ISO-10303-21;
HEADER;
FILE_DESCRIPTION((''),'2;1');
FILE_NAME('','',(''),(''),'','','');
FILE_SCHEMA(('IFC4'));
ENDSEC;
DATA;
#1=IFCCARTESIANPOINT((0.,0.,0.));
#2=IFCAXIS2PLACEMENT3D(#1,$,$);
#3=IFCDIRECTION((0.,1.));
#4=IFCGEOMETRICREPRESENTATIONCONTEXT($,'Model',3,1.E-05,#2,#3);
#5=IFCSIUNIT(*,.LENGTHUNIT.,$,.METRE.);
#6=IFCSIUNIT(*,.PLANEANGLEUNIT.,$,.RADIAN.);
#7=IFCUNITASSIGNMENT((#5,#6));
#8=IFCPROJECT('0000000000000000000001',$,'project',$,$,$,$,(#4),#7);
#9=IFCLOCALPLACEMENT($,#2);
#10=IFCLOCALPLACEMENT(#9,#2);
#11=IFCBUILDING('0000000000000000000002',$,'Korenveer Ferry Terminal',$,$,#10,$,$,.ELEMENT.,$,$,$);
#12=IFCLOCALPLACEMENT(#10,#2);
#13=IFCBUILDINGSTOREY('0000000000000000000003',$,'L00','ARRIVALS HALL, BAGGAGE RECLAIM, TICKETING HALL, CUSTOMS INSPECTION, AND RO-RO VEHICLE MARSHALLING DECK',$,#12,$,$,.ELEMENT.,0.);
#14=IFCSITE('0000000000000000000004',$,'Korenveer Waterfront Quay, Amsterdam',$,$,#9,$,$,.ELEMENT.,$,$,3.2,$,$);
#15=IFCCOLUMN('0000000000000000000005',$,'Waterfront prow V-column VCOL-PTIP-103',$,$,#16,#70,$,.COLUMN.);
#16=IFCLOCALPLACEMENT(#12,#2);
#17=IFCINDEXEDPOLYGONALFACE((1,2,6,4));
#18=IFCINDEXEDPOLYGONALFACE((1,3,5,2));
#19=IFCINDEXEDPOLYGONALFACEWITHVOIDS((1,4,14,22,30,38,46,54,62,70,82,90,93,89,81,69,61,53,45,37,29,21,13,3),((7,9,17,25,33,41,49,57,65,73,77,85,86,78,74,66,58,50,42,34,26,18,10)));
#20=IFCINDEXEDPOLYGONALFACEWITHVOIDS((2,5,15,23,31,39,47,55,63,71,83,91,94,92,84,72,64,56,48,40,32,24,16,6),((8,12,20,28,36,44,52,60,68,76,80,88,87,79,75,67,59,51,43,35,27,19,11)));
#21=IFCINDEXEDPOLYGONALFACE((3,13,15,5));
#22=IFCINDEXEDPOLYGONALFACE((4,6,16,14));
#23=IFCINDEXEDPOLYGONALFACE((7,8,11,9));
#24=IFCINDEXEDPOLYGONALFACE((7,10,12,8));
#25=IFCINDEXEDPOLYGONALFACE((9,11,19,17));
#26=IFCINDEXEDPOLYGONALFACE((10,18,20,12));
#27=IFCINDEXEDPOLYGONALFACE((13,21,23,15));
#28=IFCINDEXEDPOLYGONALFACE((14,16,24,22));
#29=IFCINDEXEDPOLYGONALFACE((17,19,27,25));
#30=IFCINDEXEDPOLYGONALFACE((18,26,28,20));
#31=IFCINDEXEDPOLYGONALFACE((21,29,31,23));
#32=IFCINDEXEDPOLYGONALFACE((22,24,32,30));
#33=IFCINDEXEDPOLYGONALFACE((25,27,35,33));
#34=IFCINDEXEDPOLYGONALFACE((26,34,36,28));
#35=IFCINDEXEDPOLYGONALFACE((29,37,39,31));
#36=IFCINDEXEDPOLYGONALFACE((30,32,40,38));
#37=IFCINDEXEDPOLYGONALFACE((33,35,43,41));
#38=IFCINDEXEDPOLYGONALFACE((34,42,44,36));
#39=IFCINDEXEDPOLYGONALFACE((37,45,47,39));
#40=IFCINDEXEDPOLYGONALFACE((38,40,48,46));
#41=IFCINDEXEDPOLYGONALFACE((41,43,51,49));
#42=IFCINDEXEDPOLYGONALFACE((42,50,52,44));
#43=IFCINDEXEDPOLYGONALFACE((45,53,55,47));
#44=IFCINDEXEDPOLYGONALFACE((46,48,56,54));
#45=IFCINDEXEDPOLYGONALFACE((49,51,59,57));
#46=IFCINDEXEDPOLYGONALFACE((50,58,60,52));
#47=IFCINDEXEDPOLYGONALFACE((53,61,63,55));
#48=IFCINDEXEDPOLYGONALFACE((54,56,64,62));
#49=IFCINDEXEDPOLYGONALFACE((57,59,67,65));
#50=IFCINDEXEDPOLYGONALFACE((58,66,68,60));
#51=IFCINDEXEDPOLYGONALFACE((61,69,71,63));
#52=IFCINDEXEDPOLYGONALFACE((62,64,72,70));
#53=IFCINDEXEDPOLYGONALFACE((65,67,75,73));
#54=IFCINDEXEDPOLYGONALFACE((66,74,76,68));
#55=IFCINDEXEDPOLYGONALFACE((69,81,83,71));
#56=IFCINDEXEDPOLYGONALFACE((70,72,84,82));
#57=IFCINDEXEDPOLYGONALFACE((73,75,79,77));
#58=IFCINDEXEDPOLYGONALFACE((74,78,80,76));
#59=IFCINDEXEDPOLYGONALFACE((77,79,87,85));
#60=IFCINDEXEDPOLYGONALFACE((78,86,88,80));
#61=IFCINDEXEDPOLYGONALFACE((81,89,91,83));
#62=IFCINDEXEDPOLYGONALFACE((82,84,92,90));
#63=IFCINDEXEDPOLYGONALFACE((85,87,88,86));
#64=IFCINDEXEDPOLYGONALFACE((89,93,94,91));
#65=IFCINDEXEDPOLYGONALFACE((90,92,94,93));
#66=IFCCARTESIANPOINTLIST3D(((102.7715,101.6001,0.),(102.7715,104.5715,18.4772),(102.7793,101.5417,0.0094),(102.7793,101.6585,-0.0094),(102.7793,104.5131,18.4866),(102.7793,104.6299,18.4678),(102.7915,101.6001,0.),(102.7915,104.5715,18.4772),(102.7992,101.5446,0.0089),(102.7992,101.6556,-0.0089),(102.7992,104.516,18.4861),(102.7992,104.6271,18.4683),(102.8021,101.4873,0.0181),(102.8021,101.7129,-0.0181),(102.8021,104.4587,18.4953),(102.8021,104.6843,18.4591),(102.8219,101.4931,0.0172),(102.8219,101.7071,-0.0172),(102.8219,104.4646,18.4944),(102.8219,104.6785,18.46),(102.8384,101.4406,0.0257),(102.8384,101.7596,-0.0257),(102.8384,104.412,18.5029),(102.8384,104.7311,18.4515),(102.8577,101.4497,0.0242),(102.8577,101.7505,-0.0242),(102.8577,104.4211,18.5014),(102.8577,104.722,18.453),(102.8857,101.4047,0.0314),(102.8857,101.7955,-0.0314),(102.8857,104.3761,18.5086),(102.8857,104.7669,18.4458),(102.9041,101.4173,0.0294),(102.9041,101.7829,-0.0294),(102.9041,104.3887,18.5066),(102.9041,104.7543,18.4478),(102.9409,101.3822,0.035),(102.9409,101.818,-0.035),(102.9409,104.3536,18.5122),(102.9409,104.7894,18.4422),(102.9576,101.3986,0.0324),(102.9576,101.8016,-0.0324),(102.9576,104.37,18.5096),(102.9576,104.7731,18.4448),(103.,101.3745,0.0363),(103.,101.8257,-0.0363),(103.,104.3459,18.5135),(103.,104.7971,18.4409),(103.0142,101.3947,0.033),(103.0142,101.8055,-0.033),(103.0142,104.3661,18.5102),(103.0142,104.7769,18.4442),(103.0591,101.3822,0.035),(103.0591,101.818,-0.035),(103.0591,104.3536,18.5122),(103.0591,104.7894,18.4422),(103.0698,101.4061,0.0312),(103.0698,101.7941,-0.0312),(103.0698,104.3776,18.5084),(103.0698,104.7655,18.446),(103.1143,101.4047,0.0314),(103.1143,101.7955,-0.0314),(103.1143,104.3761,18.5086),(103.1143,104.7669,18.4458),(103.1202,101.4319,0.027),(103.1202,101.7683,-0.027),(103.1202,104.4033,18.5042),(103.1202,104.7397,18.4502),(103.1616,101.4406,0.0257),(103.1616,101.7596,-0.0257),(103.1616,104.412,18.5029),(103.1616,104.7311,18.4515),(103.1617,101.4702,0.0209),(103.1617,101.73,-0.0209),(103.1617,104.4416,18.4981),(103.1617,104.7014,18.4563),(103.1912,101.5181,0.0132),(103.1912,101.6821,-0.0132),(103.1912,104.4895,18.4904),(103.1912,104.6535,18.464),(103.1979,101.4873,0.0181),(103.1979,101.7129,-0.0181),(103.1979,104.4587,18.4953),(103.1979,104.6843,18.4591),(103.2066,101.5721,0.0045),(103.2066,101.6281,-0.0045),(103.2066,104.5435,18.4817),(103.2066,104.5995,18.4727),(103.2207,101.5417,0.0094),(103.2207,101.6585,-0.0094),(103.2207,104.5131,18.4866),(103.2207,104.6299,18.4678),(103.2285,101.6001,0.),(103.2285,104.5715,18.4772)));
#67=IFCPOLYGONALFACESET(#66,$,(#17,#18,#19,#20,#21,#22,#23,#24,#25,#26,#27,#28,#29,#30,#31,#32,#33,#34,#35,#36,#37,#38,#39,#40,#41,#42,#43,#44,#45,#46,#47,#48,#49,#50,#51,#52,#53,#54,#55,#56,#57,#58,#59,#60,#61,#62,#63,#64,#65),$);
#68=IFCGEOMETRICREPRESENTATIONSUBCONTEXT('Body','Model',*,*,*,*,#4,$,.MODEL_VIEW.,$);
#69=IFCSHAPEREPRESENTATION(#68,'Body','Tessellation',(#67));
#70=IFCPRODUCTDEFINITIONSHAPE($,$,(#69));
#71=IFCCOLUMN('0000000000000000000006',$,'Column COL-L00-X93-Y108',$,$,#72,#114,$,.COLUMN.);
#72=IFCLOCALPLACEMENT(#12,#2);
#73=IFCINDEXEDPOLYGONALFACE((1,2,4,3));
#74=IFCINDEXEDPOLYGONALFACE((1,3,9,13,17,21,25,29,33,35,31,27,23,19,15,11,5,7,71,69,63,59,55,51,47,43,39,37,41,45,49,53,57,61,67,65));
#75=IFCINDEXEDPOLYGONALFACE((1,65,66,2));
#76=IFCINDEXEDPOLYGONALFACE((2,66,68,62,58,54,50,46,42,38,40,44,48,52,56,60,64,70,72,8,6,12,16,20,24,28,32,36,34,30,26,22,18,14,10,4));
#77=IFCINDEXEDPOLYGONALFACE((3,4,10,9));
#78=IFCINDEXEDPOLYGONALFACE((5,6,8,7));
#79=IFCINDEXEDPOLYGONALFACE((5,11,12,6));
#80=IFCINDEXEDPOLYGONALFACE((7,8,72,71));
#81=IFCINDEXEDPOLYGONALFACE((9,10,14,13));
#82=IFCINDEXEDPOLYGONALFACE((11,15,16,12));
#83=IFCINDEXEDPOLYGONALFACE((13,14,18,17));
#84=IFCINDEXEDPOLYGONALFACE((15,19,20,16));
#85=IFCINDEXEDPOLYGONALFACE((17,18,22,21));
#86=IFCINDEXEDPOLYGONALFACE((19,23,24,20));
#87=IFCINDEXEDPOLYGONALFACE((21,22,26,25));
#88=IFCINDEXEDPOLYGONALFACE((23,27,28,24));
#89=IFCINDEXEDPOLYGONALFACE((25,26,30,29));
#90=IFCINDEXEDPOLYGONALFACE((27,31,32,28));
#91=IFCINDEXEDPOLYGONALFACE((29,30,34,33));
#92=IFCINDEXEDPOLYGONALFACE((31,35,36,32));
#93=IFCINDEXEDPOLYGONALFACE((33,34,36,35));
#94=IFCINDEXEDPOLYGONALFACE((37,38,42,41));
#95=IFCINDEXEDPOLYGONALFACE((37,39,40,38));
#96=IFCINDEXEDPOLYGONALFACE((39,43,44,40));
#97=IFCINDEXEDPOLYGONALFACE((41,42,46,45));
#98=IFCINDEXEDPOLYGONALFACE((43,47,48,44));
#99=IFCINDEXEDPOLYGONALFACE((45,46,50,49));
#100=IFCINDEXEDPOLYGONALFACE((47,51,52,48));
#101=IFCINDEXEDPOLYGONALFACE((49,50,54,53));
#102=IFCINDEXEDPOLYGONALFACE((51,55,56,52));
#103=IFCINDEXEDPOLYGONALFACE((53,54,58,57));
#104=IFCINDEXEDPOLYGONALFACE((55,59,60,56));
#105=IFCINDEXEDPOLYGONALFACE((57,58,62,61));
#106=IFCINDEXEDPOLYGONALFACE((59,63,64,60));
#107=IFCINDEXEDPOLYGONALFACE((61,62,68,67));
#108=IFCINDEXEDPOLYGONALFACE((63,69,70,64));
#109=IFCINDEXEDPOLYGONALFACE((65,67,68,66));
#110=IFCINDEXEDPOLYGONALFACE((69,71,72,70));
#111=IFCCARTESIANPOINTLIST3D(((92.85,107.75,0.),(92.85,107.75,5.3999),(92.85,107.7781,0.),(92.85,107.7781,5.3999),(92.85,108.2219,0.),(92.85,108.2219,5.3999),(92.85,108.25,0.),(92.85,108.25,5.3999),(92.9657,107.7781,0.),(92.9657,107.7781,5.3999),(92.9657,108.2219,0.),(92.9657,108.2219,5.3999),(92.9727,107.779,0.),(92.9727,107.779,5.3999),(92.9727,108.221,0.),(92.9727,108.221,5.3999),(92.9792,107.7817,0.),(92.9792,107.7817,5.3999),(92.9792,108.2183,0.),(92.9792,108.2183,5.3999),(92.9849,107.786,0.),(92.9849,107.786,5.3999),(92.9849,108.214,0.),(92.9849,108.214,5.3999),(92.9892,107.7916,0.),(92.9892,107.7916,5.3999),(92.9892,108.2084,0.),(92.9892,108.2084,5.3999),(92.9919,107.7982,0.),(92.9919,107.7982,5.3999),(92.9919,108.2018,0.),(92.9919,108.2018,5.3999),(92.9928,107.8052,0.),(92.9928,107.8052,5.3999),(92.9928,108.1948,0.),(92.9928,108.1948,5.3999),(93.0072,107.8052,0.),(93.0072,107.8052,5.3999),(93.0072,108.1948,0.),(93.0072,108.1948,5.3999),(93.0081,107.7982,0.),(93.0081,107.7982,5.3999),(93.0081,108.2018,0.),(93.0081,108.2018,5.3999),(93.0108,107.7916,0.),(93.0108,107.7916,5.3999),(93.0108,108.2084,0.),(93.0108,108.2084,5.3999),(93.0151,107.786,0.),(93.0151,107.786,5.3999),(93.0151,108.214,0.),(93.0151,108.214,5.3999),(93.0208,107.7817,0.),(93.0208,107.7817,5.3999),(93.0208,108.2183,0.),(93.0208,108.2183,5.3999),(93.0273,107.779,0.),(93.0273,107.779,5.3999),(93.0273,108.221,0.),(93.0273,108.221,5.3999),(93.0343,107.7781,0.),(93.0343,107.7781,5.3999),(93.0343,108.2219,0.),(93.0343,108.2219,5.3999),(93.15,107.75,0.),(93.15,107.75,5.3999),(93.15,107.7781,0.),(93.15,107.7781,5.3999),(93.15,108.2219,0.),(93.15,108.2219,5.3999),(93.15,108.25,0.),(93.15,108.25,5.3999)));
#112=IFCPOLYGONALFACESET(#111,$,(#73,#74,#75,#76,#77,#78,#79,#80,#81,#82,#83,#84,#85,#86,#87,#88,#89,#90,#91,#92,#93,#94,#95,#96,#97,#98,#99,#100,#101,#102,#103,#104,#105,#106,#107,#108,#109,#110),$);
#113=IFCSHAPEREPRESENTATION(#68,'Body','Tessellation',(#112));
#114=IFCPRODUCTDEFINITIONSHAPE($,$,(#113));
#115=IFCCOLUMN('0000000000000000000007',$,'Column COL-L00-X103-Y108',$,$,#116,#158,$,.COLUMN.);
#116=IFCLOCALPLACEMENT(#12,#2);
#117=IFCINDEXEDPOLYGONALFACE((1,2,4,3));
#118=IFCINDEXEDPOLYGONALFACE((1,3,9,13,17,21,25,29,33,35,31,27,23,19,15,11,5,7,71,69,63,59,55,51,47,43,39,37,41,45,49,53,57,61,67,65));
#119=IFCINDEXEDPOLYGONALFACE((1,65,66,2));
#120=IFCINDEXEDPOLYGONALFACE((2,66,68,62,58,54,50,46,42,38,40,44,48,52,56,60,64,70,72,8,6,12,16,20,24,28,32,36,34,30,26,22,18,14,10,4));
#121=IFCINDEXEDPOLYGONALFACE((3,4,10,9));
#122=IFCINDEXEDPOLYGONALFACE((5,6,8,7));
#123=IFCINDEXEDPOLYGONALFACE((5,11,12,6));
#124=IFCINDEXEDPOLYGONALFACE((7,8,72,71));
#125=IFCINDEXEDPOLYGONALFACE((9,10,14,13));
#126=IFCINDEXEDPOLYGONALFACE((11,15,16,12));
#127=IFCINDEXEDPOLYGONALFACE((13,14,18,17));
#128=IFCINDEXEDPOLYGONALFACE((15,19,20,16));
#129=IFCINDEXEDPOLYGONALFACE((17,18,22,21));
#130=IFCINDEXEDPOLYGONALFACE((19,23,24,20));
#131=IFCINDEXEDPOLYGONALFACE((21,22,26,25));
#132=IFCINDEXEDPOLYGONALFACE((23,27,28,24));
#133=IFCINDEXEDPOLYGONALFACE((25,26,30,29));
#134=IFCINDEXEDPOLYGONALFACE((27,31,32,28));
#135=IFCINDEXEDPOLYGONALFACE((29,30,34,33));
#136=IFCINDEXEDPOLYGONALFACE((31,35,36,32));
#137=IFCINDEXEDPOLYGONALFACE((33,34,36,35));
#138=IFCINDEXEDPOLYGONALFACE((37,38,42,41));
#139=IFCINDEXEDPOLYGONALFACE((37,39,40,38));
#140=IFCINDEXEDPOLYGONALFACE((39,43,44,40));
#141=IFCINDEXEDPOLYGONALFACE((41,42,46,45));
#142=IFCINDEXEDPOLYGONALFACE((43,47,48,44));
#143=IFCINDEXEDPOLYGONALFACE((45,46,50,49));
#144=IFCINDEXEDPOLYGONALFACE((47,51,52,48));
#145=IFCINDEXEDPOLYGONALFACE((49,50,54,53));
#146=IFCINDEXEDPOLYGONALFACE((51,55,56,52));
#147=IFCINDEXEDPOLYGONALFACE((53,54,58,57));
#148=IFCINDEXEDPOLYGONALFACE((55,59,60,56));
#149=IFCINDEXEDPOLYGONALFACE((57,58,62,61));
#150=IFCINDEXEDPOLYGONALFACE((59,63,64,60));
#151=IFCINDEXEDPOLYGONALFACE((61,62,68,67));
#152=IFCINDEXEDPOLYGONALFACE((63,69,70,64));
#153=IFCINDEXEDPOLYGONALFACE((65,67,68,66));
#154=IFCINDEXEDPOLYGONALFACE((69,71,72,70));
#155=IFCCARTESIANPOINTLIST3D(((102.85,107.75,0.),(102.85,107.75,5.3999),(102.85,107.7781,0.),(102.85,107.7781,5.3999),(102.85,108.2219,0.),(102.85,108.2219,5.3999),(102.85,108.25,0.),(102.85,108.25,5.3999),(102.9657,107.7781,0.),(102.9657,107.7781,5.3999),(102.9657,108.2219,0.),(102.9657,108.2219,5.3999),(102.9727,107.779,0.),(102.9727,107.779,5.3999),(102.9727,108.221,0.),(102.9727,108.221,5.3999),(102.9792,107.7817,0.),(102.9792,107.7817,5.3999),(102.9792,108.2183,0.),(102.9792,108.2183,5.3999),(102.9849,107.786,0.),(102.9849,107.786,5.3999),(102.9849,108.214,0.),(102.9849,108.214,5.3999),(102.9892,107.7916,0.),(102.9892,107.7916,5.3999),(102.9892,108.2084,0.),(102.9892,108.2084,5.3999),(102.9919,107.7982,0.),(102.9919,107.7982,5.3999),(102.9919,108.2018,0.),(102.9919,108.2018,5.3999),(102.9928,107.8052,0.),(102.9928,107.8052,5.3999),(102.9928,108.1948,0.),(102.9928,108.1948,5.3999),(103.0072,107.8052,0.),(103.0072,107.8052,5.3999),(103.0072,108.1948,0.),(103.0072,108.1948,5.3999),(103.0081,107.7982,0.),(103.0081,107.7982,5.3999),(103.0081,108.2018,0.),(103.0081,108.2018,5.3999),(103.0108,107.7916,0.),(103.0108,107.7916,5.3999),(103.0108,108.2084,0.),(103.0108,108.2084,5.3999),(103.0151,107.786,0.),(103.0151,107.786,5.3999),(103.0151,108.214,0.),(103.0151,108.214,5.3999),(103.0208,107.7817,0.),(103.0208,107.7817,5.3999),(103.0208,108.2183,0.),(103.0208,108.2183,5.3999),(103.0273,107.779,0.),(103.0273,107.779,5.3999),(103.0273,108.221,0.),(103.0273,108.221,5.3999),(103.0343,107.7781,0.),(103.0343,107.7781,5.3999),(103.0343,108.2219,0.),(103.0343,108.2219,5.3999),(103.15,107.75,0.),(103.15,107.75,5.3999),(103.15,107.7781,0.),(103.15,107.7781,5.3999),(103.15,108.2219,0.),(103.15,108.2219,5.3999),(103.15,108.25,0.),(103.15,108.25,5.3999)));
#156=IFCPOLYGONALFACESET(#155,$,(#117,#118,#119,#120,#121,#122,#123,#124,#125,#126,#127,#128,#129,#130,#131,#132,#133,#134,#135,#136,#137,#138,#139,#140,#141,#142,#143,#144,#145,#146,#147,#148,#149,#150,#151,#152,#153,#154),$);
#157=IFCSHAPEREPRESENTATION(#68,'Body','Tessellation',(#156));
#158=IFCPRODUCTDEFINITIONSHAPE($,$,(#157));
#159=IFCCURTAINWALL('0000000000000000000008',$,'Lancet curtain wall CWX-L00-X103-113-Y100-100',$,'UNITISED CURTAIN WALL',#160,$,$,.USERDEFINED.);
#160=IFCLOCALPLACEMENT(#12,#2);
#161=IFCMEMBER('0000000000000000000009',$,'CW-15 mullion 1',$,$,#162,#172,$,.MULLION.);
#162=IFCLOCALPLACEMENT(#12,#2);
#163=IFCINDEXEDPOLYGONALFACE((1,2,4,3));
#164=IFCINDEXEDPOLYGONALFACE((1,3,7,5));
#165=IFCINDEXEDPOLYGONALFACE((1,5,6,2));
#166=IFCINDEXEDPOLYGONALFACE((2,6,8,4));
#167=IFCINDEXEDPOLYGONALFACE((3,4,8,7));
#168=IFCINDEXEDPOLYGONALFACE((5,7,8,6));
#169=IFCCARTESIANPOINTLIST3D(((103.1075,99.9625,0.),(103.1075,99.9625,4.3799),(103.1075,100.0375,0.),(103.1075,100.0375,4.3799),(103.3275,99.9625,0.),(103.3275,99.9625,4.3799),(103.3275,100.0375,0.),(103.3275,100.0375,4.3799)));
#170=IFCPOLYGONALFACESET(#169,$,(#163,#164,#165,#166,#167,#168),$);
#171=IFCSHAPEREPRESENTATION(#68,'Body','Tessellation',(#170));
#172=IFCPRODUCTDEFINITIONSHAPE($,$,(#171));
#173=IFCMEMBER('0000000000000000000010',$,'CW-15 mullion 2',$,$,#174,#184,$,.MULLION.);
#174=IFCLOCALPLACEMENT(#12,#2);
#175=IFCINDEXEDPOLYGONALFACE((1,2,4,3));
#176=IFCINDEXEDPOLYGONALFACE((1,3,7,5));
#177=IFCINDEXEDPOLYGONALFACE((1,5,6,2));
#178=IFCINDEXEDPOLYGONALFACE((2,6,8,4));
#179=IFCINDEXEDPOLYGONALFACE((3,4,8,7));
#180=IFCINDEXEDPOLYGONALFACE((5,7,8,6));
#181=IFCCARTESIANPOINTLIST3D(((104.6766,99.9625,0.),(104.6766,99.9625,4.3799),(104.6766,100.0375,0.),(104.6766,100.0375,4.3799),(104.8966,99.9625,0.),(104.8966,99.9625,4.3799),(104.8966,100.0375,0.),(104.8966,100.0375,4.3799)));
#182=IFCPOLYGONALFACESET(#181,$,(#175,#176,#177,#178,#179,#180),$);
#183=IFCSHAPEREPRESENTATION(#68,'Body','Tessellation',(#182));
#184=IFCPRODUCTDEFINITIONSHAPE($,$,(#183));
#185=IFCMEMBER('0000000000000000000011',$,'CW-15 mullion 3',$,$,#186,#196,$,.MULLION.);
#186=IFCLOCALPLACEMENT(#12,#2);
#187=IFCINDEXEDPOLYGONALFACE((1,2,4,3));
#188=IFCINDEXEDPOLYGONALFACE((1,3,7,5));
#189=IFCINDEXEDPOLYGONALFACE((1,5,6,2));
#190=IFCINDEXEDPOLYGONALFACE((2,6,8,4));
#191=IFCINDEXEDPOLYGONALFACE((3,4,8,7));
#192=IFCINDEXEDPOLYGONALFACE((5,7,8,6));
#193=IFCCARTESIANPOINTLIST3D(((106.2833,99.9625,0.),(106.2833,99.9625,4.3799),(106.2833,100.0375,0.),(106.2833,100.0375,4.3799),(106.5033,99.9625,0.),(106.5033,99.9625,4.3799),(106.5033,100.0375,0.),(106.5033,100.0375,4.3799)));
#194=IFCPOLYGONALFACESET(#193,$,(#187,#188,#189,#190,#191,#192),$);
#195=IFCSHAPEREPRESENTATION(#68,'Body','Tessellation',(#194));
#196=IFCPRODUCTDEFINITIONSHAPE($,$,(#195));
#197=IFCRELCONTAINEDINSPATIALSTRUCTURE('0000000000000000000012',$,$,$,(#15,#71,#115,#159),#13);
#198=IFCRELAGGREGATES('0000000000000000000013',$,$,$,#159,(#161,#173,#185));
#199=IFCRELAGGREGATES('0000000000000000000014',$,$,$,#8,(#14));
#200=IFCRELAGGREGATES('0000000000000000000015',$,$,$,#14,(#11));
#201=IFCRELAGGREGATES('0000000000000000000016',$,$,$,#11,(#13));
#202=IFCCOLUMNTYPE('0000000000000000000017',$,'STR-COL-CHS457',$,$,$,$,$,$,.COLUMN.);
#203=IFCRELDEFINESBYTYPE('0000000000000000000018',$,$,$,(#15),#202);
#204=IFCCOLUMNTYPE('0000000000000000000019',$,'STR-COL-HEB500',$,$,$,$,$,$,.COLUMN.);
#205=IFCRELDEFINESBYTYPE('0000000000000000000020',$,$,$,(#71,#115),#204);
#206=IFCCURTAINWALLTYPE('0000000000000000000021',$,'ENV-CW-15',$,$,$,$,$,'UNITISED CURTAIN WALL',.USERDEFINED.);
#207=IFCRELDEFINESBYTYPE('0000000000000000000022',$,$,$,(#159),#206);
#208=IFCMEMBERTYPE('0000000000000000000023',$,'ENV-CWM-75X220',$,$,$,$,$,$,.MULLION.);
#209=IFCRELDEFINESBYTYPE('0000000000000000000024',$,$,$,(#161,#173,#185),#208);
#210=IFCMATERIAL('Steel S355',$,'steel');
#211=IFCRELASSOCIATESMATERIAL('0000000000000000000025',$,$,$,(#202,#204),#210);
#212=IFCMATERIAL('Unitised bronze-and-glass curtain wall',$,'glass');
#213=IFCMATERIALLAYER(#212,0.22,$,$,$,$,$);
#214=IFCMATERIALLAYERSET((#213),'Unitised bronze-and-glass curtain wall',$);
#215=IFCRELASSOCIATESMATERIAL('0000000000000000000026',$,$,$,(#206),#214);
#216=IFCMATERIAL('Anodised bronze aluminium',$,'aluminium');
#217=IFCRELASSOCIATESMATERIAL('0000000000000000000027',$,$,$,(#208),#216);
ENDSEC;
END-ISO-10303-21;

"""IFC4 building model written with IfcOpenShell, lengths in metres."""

from ifc_helpers import new_model, si_unit, direction, frame, origin, origin_2d, place, context, subcontext, project, spatial, rectangle, hollow_circle, i_section, extrude, material, layer, layer_set, material_profile, profile_set, type_object, element, aggregate, save


model = new_model("IFC4")

# Units and contexts
model_context = context("Model", 3, precision=1e-05, world=origin(), true_north=direction((0.0, 1.0)))
body_context = subcontext(model_context, "Body", "Model", "MODEL_VIEW")
ifc_project = project(units=[si_unit("LENGTHUNIT", "METRE"), si_unit("PLANEANGLEUNIT", "RADIAN")], contexts=[model_context])

# Site, building, storey
site_placement = place(None, origin())
site = spatial("IfcSite", under=ifc_project, at=site_placement, Name="Korenveer Waterfront Quay, Amsterdam", CompositionType="ELEMENT", RefElevation=3.2)
building_placement = place(site_placement, origin())
building = spatial("IfcBuilding", under=site, at=building_placement, Name="Korenveer Ferry Terminal", CompositionType="ELEMENT")
storey_placement = place(building_placement, origin())
storey = spatial("IfcBuildingStorey", under=building, at=storey_placement, Name="L00", Description="ARRIVALS HALL, BAGGAGE RECLAIM, TICKETING HALL, CUSTOMS INSPECTION, AND RO-RO VEHICLE MARSHALLING DECK", CompositionType="ELEMENT", Elevation=0.0)

# Columns
ifc_material_1 = material(Name="Steel S355", Category="steel")
ifc_material_profile_1 = material_profile(ifc_material_1, hollow_circle(Radius=0.2285, WallThickness=0.02, at=origin_2d()), Name="CHS 457x20")
ifc_profile_set_1 = profile_set([ifc_material_profile_1], Name="Steel S355")
column_type_1 = type_object("IfcColumnType", Name="STR-COL-CHS457", PredefinedType="COLUMN", material=ifc_profile_set_1)
column_1_placement = place(storey_placement, frame((103.0, 101.6001, 0.0), z_axis=(0.0, 0.158776, 0.987315), x_axis=(-1.0, 0.0, 0.0)))
element("IfcColumn", 1, at=column_1_placement, inside=storey, type_object=column_type_1, Name="Waterfront prow V-column VCOL-PTIP-103", PredefinedType="COLUMN", context=body_context, shape_type="SweptSolid", body=[
    extrude(hollow_circle(Radius=0.2285, WallThickness=0.02, at=origin_2d()), origin(), (0.0, 0.0, 1.0), 18.7146),
])
ifc_material_profile_2 = material_profile(ifc_material_1, i_section(OverallWidth=0.3, OverallDepth=0.5, WebThickness=0.0144, FlangeThickness=0.0281, FilletRadius=0.0271, at=origin_2d()), Name="HEB 500")
ifc_profile_set_2 = profile_set([ifc_material_profile_2], Name="Steel S355")
column_type_2 = type_object("IfcColumnType", Name="STR-COL-HEB500", PredefinedType="COLUMN", material=ifc_profile_set_2)
for number, where, z_axis, x_axis, name in (
    (2, (93.0, 108.0, 0.0), (0.0, 0.0, 1.0), (1.0, 0.0, 0.0), "Column COL-L00-X93-Y108"),
    (3, (103.0, 108.0, 0.0), (0.0, 0.0, 1.0), (1.0, 0.0, 0.0), "Column COL-L00-X103-Y108"),
):
    element("IfcColumn", number, at=place(storey_placement, frame(where, z_axis=z_axis, x_axis=x_axis)), inside=storey, type_object=column_type_2, Name=name, PredefinedType="COLUMN", context=body_context, shape_type="SweptSolid", body=[
        extrude(i_section(OverallWidth=0.3, OverallDepth=0.5, WebThickness=0.0144, FlangeThickness=0.0281, FilletRadius=0.0271, at=origin_2d()), origin(), (0.0, 0.0, 1.0), 5.3999),
    ])

# Curtain wall, members
ifc_material_2 = material(Name="Unitised bronze-and-glass curtain wall", Category="glass")
ifc_layer_1 = layer(ifc_material_2, 0.22)
ifc_layer_set_1 = layer_set([ifc_layer_1], Name="Unitised bronze-and-glass curtain wall")
curtain_wall_type = type_object("IfcCurtainWallType", Name="ENV-CW-15", ElementType="UNITISED CURTAIN WALL", PredefinedType="USERDEFINED", material=ifc_layer_set_1)
curtain_wall_placement = place(storey_placement, frame((103.1799, 100.0, 0.0)))
curtain_wall = element("IfcCurtainWall", 4, at=curtain_wall_placement, inside=storey, type_object=curtain_wall_type, Name="Lancet curtain wall CWX-L00-X103-113-Y100-100", ObjectType="UNITISED CURTAIN WALL", PredefinedType="USERDEFINED")
ifc_material_3 = material(Name="Anodised bronze aluminium", Category="aluminium")
ifc_material_profile_3 = material_profile(ifc_material_3, rectangle(XDim=0.075, YDim=0.22, at=origin_2d()), Name="ALU 75x220")
ifc_profile_set_3 = profile_set([ifc_material_profile_3], Name="Anodised bronze aluminium")
member_type_1 = type_object("IfcMemberType", Name="ENV-CWM-75X220", PredefinedType="MULLION", material=ifc_profile_set_3)
member_1_placement = place(storey_placement, frame((103.2175, 100.0, 0.0), z_axis=(0.0, 0.0, 1.0), x_axis=(0.0, 1.0, 0.0)))
member_1 = element("IfcMember", 5, at=member_1_placement, type_object=member_type_1, Name="CW-15 mullion 1", PredefinedType="MULLION", context=body_context, shape_type="SweptSolid", body=[
    extrude(rectangle(XDim=0.075, YDim=0.22, at=origin_2d()), origin(), (0.0, 0.0, 1.0), 4.3799),
])
member_2_placement = place(storey_placement, frame((104.7866, 100.0, 0.0), z_axis=(0.0, 0.0, 1.0), x_axis=(0.0, 1.0, 0.0)))
member_2 = element("IfcMember", 6, at=member_2_placement, type_object=member_type_1, Name="CW-15 mullion 2", PredefinedType="MULLION", context=body_context, shape_type="SweptSolid", body=[
    extrude(rectangle(XDim=0.075, YDim=0.22, at=origin_2d()), origin(), (0.0, 0.0, 1.0), 4.3799),
])
member_3_placement = place(storey_placement, frame((106.3933, 100.0, 0.0), z_axis=(0.0, 0.0, 1.0), x_axis=(0.0, 1.0, 0.0)))
member_3 = element("IfcMember", 7, at=member_3_placement, type_object=member_type_1, Name="CW-15 mullion 3", PredefinedType="MULLION", context=body_context, shape_type="SweptSolid", body=[
    extrude(rectangle(XDim=0.075, YDim=0.22, at=origin_2d()), origin(), (0.0, 0.0, 1.0), 4.3799),
])

aggregate(curtain_wall, [member_1, member_2, member_3])

save(model, "model.ifc")
